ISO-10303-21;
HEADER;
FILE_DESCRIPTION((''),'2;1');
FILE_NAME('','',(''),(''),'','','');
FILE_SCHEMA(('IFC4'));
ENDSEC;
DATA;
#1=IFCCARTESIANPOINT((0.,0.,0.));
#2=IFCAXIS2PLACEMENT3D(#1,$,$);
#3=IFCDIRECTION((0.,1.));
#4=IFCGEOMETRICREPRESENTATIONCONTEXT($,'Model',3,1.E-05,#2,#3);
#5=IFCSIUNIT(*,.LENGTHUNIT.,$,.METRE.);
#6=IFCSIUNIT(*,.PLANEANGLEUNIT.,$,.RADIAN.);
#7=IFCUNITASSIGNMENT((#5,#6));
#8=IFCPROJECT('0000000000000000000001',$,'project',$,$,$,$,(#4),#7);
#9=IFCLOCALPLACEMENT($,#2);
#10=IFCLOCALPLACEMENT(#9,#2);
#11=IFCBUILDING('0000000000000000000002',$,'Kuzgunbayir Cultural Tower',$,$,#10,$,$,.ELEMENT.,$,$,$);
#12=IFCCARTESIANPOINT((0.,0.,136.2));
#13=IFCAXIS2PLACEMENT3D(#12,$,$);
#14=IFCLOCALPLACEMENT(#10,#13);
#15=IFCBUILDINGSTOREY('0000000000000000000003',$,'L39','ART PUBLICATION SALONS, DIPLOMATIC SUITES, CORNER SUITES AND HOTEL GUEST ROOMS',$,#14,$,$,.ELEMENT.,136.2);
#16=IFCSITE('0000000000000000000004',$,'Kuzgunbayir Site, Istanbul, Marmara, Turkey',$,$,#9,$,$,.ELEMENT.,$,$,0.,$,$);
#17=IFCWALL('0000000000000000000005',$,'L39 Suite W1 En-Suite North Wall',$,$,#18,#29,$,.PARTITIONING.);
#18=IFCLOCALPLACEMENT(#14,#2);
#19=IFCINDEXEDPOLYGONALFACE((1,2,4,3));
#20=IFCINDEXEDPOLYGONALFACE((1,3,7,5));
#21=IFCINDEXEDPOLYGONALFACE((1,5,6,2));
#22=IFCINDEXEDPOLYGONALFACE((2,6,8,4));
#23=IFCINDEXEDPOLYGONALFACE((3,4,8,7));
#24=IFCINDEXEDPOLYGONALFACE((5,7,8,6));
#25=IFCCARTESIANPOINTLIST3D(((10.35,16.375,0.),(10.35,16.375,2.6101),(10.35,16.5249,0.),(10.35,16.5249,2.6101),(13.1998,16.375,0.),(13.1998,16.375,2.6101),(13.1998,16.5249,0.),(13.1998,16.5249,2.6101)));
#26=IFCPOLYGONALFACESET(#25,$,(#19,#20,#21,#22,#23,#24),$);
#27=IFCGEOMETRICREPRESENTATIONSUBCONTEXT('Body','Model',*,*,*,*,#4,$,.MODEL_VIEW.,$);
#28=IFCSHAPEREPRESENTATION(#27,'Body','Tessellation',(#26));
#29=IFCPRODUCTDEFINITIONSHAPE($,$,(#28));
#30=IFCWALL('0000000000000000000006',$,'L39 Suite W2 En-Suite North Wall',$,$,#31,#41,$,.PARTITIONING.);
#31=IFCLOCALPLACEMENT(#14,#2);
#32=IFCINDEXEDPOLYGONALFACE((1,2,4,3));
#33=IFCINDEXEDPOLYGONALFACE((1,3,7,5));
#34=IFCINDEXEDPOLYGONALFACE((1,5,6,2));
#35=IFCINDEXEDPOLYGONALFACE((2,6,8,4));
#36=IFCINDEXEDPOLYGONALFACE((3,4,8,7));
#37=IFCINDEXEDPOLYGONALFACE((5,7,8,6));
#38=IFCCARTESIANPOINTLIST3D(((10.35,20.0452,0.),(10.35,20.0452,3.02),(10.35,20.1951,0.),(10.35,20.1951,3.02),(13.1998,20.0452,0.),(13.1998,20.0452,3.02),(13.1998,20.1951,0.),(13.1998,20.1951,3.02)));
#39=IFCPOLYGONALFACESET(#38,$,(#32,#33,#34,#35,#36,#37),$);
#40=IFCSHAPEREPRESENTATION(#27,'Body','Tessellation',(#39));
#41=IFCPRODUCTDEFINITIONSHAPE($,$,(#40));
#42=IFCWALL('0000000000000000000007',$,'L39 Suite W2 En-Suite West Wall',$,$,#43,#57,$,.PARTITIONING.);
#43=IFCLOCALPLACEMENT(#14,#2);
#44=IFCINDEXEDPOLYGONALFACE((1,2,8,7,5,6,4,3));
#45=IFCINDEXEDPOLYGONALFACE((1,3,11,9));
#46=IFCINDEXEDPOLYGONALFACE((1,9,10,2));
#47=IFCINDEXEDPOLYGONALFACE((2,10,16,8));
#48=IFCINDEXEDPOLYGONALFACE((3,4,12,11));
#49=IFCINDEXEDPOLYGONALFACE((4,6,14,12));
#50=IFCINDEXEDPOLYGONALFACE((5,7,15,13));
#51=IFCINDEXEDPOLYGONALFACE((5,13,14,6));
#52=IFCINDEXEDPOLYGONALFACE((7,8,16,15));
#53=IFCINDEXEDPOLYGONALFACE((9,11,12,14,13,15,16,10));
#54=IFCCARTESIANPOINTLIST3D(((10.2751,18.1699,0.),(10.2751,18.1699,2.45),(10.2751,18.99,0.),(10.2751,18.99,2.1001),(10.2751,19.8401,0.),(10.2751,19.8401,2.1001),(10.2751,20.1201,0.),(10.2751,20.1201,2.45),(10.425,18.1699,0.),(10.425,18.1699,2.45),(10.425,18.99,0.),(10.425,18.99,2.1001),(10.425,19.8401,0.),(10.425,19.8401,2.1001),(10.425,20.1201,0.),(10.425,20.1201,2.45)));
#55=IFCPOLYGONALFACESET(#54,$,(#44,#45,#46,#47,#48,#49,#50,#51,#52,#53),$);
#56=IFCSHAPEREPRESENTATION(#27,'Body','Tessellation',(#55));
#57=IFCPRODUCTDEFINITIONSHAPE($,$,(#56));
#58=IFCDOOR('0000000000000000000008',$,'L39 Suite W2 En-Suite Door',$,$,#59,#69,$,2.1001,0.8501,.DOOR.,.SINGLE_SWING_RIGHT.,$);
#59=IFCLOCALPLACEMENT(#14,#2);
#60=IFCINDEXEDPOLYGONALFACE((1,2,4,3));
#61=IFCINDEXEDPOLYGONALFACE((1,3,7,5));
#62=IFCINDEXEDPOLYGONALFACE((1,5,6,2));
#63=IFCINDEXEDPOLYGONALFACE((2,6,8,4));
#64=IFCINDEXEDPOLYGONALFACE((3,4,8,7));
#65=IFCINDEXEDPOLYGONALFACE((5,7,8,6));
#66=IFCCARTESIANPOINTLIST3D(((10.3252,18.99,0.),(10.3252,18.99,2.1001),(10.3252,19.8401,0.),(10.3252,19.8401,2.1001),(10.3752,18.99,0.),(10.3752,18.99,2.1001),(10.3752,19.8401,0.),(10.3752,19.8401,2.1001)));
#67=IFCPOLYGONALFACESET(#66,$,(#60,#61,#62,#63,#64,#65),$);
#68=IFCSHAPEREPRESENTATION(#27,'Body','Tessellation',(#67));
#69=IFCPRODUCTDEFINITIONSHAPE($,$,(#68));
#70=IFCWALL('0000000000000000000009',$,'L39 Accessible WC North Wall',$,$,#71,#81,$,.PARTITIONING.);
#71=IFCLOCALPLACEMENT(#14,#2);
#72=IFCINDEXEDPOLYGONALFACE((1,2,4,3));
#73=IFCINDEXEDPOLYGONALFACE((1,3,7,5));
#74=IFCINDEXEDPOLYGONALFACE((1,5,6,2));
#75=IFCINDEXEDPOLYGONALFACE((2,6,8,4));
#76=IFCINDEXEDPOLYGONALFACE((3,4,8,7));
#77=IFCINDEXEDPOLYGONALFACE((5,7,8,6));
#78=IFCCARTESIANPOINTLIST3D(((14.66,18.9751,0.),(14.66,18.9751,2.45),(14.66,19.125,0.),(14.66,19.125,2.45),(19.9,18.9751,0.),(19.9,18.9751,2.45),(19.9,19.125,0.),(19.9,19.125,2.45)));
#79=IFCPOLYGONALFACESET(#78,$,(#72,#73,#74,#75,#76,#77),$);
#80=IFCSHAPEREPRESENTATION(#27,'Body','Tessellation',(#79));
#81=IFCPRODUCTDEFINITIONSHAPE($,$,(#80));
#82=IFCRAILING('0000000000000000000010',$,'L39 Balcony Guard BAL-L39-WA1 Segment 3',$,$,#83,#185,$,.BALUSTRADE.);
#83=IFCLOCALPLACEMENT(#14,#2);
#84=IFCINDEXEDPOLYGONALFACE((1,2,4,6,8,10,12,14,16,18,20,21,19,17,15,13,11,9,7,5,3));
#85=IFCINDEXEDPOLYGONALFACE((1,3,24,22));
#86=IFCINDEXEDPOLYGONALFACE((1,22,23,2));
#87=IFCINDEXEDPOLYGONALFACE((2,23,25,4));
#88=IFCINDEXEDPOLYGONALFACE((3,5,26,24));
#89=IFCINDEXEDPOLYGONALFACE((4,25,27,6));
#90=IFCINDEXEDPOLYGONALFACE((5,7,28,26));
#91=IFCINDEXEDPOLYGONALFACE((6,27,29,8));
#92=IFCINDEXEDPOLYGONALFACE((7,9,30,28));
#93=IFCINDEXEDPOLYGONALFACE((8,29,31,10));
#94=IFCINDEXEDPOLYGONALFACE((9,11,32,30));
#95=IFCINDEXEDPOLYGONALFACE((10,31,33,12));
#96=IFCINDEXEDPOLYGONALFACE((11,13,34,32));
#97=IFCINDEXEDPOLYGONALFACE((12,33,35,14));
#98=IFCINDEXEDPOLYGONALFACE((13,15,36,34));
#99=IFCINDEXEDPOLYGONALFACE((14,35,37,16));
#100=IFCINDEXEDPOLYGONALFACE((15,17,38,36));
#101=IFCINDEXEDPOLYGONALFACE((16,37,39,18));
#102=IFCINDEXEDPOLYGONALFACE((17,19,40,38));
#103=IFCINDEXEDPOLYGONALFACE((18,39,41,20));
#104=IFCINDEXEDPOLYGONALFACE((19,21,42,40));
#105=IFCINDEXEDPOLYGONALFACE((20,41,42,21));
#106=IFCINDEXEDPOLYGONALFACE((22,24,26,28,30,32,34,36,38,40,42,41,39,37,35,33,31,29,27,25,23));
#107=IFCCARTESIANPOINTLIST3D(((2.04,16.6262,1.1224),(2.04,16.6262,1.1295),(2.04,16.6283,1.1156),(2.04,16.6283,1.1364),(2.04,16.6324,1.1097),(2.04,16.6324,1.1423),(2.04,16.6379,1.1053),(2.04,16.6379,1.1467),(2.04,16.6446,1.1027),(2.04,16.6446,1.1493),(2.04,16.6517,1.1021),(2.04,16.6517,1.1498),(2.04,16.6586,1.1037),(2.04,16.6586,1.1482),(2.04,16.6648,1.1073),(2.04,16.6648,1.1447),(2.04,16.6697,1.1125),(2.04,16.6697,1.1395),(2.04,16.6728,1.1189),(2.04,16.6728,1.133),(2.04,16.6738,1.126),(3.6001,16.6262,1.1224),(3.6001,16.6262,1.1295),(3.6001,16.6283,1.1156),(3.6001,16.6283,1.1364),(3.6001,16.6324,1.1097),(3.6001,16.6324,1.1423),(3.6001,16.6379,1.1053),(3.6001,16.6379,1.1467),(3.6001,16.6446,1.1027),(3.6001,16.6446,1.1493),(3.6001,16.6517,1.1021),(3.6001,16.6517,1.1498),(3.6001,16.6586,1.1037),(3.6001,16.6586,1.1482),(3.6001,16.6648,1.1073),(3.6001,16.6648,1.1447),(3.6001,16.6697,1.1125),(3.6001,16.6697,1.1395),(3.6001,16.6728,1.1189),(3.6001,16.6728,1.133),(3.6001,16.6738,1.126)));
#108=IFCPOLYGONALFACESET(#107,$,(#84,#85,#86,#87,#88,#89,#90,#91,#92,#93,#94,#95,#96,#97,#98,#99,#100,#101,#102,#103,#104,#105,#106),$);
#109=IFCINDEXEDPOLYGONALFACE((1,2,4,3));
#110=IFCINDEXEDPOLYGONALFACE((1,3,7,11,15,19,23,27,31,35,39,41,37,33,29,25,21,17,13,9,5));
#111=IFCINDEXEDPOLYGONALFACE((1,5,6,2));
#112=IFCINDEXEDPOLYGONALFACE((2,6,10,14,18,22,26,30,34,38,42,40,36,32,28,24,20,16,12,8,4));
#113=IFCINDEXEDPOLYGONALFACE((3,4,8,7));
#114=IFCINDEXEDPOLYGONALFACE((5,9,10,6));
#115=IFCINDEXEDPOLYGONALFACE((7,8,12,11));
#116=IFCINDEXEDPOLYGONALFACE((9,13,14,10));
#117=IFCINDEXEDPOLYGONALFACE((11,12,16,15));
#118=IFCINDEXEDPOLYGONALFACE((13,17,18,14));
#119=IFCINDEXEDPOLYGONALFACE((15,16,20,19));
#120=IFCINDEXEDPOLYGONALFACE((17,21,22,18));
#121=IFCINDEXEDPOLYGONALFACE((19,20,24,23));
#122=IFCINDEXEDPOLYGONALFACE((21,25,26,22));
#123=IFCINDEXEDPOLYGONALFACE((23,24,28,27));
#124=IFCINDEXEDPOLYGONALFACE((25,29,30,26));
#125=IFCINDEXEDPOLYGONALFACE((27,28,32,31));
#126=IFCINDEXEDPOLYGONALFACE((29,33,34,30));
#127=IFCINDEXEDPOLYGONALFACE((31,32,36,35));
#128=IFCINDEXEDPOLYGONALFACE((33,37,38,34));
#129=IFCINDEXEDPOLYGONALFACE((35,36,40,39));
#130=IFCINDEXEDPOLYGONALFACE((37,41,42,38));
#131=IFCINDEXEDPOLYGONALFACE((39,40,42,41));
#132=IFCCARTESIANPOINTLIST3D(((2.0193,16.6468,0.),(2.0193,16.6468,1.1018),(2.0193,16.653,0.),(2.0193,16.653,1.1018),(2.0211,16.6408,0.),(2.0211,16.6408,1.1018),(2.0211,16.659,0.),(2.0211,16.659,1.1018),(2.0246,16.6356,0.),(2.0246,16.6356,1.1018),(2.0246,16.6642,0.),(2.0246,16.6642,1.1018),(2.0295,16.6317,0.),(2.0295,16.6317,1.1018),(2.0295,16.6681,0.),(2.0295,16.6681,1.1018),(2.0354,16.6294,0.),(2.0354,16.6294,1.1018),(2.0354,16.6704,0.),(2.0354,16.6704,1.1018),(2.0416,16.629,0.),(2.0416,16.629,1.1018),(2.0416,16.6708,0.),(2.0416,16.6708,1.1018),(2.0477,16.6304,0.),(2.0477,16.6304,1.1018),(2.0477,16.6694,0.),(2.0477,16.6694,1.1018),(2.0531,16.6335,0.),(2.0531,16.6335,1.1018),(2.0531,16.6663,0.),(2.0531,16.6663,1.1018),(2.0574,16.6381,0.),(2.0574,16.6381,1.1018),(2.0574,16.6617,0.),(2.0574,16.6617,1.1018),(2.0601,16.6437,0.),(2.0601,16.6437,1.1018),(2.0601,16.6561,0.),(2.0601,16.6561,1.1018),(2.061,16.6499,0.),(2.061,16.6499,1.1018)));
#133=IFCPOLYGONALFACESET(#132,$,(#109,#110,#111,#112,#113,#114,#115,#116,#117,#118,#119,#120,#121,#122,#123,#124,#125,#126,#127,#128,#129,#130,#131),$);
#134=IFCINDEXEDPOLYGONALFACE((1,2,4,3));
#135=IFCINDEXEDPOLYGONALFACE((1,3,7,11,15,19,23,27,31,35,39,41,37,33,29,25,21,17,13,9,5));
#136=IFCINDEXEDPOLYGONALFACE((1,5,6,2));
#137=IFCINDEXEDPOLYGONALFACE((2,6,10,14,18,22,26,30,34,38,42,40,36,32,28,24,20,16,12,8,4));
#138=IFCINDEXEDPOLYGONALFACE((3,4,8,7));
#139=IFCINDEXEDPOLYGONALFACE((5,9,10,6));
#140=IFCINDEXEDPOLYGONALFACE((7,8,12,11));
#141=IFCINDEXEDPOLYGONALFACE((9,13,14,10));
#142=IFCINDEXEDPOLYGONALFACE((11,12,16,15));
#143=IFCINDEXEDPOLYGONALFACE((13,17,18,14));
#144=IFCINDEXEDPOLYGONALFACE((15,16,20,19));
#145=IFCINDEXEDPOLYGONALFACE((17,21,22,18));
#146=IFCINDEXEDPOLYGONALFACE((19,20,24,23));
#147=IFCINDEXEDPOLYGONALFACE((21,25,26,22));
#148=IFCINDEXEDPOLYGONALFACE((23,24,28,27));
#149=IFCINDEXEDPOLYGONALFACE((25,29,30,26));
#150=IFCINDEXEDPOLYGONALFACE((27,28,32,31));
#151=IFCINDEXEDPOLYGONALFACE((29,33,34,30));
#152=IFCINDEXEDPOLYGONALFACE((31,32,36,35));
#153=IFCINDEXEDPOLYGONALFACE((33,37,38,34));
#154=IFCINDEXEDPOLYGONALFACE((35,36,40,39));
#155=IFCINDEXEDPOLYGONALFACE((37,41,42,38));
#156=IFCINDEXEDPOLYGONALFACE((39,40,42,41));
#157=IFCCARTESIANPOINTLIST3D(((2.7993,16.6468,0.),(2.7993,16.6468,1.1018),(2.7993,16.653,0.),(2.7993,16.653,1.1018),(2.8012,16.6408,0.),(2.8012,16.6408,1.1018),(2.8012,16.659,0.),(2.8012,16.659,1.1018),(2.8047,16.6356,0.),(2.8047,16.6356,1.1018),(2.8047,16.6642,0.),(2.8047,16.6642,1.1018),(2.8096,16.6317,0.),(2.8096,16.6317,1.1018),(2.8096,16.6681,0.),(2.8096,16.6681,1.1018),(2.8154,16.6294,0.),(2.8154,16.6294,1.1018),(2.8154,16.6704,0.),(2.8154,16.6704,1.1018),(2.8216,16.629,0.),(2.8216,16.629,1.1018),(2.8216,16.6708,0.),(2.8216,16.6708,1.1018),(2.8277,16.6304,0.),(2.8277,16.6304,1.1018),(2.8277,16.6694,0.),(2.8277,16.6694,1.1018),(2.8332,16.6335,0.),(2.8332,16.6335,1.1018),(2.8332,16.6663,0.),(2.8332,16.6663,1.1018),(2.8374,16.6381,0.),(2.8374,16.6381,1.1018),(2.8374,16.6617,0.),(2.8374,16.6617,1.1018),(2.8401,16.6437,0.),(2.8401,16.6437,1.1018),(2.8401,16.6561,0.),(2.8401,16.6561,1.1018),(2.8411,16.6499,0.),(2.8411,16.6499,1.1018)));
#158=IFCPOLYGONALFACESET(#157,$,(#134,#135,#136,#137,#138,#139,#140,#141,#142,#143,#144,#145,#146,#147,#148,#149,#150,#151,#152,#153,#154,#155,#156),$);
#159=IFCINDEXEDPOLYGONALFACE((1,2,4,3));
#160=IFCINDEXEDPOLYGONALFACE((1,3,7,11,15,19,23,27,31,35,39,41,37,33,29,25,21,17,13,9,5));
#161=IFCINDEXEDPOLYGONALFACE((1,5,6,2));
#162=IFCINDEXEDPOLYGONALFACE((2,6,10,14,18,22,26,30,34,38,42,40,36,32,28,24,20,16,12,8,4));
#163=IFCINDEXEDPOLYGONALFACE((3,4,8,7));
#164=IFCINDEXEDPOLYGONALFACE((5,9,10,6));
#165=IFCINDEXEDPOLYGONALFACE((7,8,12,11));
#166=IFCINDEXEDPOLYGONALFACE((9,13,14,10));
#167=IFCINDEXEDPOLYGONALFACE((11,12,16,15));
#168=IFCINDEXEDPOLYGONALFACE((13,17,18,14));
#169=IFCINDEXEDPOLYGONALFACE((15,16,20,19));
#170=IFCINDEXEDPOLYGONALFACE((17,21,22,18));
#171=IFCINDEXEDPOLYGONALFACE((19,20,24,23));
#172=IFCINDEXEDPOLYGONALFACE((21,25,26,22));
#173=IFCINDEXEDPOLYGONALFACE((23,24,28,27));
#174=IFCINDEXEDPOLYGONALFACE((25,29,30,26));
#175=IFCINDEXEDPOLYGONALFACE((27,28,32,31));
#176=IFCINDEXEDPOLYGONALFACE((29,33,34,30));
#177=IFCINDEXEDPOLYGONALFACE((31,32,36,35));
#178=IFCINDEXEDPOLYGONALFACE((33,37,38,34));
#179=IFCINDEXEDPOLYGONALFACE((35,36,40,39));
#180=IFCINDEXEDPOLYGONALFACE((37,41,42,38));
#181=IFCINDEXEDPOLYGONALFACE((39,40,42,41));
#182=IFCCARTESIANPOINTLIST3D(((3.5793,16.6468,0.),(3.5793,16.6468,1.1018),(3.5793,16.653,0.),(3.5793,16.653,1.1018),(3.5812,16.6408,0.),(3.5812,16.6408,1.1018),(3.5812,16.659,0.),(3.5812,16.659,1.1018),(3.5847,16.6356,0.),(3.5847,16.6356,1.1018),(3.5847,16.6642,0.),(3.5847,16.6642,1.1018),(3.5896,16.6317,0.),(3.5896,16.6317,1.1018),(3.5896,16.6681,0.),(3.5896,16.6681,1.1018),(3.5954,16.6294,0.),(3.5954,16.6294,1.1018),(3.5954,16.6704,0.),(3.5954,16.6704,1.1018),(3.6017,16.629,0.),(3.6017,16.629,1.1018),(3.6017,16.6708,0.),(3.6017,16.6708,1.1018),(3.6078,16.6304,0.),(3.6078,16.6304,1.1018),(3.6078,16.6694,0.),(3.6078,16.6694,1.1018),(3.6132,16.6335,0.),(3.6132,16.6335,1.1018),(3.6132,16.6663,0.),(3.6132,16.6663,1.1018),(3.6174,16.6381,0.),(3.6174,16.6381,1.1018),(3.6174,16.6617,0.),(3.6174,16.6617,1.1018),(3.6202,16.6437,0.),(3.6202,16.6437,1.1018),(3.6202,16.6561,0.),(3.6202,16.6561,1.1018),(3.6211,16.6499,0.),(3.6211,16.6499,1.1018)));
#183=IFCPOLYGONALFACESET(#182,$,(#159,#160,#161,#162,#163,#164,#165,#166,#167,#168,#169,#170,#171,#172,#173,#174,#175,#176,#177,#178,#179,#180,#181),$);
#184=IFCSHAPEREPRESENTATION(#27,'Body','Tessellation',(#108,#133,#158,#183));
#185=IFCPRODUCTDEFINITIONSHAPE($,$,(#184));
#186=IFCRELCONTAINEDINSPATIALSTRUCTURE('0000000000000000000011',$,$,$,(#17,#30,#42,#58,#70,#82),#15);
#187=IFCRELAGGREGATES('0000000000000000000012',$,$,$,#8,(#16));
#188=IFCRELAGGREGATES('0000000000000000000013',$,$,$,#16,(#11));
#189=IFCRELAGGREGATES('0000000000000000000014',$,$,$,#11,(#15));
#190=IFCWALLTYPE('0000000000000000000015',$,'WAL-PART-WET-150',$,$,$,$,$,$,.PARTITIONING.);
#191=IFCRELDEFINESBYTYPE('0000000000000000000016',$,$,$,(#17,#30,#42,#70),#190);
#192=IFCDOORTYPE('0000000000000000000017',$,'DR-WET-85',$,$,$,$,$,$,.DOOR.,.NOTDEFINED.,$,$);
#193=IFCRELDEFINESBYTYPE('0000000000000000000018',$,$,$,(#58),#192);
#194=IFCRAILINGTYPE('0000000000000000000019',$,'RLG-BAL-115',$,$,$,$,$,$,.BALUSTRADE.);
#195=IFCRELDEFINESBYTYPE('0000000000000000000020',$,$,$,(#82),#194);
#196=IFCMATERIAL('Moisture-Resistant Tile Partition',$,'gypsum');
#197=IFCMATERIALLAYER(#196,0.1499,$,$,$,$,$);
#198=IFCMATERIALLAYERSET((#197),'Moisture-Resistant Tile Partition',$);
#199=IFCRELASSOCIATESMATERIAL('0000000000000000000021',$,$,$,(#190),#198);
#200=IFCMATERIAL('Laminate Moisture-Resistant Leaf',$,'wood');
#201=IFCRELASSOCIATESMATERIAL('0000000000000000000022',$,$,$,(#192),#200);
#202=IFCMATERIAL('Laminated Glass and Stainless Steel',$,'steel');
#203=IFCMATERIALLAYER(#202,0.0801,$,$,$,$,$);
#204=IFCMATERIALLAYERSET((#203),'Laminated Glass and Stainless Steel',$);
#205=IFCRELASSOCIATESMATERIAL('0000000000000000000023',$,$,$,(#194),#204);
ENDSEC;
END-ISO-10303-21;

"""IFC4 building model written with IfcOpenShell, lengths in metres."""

from ifc_helpers import new_model, si_unit, direction, frame, frame_2d, origin, origin_2d, place, context, subcontext, project, spatial, rectangle, circle, extrude, material, layer, layer_set, type_object, element, fill, save


model = new_model("IFC4")

# Units and contexts
model_context = context("Model", 3, precision=1e-05, world=origin(), true_north=direction((0.0, 1.0)))
body_context = subcontext(model_context, "Body", "Model", "MODEL_VIEW")
ifc_project = project(units=[si_unit("LENGTHUNIT", "METRE"), si_unit("PLANEANGLEUNIT", "RADIAN")], contexts=[model_context])

# Site, building, storey
site_placement = place(None, origin())
site = spatial("IfcSite", under=ifc_project, at=site_placement, Name="Kuzgunbayir Site, Istanbul, Marmara, Turkey", CompositionType="ELEMENT", RefElevation=0.0)
building_placement = place(site_placement, origin())
building = spatial("IfcBuilding", under=site, at=building_placement, Name="Kuzgunbayir Cultural Tower", CompositionType="ELEMENT")
storey_placement = place(building_placement, frame((0.0, 0.0, 136.2)))
storey = spatial("IfcBuildingStorey", under=building, at=storey_placement, Name="L39", Description="ART PUBLICATION SALONS, DIPLOMATIC SUITES, CORNER SUITES AND HOTEL GUEST ROOMS", CompositionType="ELEMENT", Elevation=136.2)

# Walls
ifc_material_1 = material(Name="Moisture-Resistant Tile Partition", Category="gypsum")
ifc_layer_1 = layer(ifc_material_1, 0.1499)
ifc_layer_set_1 = layer_set([ifc_layer_1], Name="Moisture-Resistant Tile Partition")
wall_type_1 = type_object("IfcWallType", Name="WAL-PART-WET-150", PredefinedType="PARTITIONING", material=ifc_layer_set_1)
wall_1_placement = place(storey_placement, frame((10.3501, 16.45, 0.0), z_axis=(0.0, 0.0, 1.0), x_axis=(1.0, 0.0, 0.0)))
element("IfcWall", 1, at=wall_1_placement, inside=storey, type_object=wall_type_1, Name="L39 Suite W1 En-Suite North Wall", PredefinedType="PARTITIONING", context=body_context, shape_type="SweptSolid", body=[
    extrude(rectangle(XDim=2.8499, YDim=0.1499, at=frame_2d((1.4248, 0.0))), origin(), (0.0, 0.0, 1.0), 2.6101),
])
wall_2_placement = place(storey_placement, frame((10.3501, 20.1201, 0.0), z_axis=(0.0, 0.0, 1.0), x_axis=(1.0, 0.0, 0.0)))
element("IfcWall", 2, at=wall_2_placement, inside=storey, type_object=wall_type_1, Name="L39 Suite W2 En-Suite North Wall", PredefinedType="PARTITIONING", context=body_context, shape_type="SweptSolid", body=[
    extrude(rectangle(XDim=2.8499, YDim=0.1499, at=frame_2d((1.4248, 0.0))), origin(), (0.0, 0.0, 1.0), 3.02),
])

# Wall, opening, door
wall_3_placement = place(storey_placement, frame((10.3501, 18.1699, 0.0), z_axis=(0.0, 0.0, 1.0), x_axis=(0.0, 1.0, 0.0)))
wall_3 = element("IfcWall", 3, at=wall_3_placement, inside=storey, type_object=wall_type_1, Name="L39 Suite W2 En-Suite West Wall", PredefinedType="PARTITIONING", context=body_context, shape_type="SweptSolid", body=[
    extrude(rectangle(XDim=1.9502, YDim=0.1499, at=frame_2d((0.9751, 0.0))), origin(), (0.0, 0.0, 1.0), 2.45),
])
opening_placement = place(wall_3_placement, frame((0.8201, 0.0, 0.0)))
opening = element("IfcOpeningElement", 4, at=opening_placement, cuts=wall_3, PredefinedType="OPENING", context=body_context, shape_type="SweptSolid", body=[
    extrude(rectangle(XDim=0.8501, YDim=2.1001, at=frame_2d((0.425, 1.05))), frame((0.0, 0.085, 0.0), z_axis=(0.0, -1.0, 0.0), x_axis=(1.0, 0.0, 0.0)), (0.0, 0.0, 1.0), 0.1699),
])
ifc_material_2 = material(Name="Laminate Moisture-Resistant Leaf", Category="wood")
door_type = type_object("IfcDoorType", Name="DR-WET-85", OperationType="NOTDEFINED", PredefinedType="DOOR", material=ifc_material_2)
door_placement = place(opening_placement, origin())
door = element("IfcDoor", 5, at=door_placement, inside=storey, type_object=door_type, Name="L39 Suite W2 En-Suite Door", OperationType="SINGLE_SWING_RIGHT", OverallHeight=2.1001, OverallWidth=0.8501, PredefinedType="DOOR", context=body_context, shape_type="SweptSolid", body=[
    extrude(rectangle(XDim=0.8501, YDim=2.1001, at=frame_2d((0.425, 1.05))), frame((0.0, 0.0249, 0.0), z_axis=(0.0, -1.0, 0.0), x_axis=(1.0, 0.0, 0.0)), (0.0, 0.0, 1.0), 0.05),
])
fill(opening, door)

# Wall
wall_4_placement = place(storey_placement, frame((14.6599, 19.05, 0.0), z_axis=(0.0, 0.0, 1.0), x_axis=(1.0, 0.0, 0.0)))
element("IfcWall", 6, at=wall_4_placement, inside=storey, type_object=wall_type_1, Name="L39 Accessible WC North Wall", PredefinedType="PARTITIONING", context=body_context, shape_type="SweptSolid", body=[
    extrude(rectangle(XDim=5.24, YDim=0.1499, at=frame_2d((2.6201, 0.0))), origin(), (0.0, 0.0, 1.0), 2.45),
])

# Railing
ifc_material_3 = material(Name="Laminated Glass and Stainless Steel", Category="steel")
ifc_layer_2 = layer(ifc_material_3, 0.0801)
ifc_layer_set_2 = layer_set([ifc_layer_2], Name="Laminated Glass and Stainless Steel")
railing_type = type_object("IfcRailingType", Name="RLG-BAL-115", PredefinedType="BALUSTRADE", material=ifc_layer_set_2)
railing_1_placement = place(storey_placement, frame((2.04, 16.6499, 0.0)))
element("IfcRailing", 7, at=railing_1_placement, inside=storey, type_object=railing_type, Name="L39 Balcony Guard BAL-L39-WA1 Segment 3", PredefinedType="BALUSTRADE", context=body_context, shape_type="SweptSolid", body=[
    extrude(circle(Radius=0.0239, at=origin_2d()), frame((0.0, 0.0, 1.126), z_axis=(1.0, 0.0, 0.0), x_axis=(0.0, 1.0, 0.0)), (0.0, 0.0, 1.0), 1.5601),
    extrude(circle(Radius=0.021, at=origin_2d()), origin(), (0.0, 0.0, 1.0), 1.1018),
    extrude(circle(Radius=0.021, at=origin_2d()), frame((0.78, 0.0, 0.0)), (0.0, 0.0, 1.0), 1.1018),
    extrude(circle(Radius=0.021, at=origin_2d()), frame((1.5601, 0.0, 0.0)), (0.0, 0.0, 1.0), 1.1018),
])

save(model, "model.ifc")
